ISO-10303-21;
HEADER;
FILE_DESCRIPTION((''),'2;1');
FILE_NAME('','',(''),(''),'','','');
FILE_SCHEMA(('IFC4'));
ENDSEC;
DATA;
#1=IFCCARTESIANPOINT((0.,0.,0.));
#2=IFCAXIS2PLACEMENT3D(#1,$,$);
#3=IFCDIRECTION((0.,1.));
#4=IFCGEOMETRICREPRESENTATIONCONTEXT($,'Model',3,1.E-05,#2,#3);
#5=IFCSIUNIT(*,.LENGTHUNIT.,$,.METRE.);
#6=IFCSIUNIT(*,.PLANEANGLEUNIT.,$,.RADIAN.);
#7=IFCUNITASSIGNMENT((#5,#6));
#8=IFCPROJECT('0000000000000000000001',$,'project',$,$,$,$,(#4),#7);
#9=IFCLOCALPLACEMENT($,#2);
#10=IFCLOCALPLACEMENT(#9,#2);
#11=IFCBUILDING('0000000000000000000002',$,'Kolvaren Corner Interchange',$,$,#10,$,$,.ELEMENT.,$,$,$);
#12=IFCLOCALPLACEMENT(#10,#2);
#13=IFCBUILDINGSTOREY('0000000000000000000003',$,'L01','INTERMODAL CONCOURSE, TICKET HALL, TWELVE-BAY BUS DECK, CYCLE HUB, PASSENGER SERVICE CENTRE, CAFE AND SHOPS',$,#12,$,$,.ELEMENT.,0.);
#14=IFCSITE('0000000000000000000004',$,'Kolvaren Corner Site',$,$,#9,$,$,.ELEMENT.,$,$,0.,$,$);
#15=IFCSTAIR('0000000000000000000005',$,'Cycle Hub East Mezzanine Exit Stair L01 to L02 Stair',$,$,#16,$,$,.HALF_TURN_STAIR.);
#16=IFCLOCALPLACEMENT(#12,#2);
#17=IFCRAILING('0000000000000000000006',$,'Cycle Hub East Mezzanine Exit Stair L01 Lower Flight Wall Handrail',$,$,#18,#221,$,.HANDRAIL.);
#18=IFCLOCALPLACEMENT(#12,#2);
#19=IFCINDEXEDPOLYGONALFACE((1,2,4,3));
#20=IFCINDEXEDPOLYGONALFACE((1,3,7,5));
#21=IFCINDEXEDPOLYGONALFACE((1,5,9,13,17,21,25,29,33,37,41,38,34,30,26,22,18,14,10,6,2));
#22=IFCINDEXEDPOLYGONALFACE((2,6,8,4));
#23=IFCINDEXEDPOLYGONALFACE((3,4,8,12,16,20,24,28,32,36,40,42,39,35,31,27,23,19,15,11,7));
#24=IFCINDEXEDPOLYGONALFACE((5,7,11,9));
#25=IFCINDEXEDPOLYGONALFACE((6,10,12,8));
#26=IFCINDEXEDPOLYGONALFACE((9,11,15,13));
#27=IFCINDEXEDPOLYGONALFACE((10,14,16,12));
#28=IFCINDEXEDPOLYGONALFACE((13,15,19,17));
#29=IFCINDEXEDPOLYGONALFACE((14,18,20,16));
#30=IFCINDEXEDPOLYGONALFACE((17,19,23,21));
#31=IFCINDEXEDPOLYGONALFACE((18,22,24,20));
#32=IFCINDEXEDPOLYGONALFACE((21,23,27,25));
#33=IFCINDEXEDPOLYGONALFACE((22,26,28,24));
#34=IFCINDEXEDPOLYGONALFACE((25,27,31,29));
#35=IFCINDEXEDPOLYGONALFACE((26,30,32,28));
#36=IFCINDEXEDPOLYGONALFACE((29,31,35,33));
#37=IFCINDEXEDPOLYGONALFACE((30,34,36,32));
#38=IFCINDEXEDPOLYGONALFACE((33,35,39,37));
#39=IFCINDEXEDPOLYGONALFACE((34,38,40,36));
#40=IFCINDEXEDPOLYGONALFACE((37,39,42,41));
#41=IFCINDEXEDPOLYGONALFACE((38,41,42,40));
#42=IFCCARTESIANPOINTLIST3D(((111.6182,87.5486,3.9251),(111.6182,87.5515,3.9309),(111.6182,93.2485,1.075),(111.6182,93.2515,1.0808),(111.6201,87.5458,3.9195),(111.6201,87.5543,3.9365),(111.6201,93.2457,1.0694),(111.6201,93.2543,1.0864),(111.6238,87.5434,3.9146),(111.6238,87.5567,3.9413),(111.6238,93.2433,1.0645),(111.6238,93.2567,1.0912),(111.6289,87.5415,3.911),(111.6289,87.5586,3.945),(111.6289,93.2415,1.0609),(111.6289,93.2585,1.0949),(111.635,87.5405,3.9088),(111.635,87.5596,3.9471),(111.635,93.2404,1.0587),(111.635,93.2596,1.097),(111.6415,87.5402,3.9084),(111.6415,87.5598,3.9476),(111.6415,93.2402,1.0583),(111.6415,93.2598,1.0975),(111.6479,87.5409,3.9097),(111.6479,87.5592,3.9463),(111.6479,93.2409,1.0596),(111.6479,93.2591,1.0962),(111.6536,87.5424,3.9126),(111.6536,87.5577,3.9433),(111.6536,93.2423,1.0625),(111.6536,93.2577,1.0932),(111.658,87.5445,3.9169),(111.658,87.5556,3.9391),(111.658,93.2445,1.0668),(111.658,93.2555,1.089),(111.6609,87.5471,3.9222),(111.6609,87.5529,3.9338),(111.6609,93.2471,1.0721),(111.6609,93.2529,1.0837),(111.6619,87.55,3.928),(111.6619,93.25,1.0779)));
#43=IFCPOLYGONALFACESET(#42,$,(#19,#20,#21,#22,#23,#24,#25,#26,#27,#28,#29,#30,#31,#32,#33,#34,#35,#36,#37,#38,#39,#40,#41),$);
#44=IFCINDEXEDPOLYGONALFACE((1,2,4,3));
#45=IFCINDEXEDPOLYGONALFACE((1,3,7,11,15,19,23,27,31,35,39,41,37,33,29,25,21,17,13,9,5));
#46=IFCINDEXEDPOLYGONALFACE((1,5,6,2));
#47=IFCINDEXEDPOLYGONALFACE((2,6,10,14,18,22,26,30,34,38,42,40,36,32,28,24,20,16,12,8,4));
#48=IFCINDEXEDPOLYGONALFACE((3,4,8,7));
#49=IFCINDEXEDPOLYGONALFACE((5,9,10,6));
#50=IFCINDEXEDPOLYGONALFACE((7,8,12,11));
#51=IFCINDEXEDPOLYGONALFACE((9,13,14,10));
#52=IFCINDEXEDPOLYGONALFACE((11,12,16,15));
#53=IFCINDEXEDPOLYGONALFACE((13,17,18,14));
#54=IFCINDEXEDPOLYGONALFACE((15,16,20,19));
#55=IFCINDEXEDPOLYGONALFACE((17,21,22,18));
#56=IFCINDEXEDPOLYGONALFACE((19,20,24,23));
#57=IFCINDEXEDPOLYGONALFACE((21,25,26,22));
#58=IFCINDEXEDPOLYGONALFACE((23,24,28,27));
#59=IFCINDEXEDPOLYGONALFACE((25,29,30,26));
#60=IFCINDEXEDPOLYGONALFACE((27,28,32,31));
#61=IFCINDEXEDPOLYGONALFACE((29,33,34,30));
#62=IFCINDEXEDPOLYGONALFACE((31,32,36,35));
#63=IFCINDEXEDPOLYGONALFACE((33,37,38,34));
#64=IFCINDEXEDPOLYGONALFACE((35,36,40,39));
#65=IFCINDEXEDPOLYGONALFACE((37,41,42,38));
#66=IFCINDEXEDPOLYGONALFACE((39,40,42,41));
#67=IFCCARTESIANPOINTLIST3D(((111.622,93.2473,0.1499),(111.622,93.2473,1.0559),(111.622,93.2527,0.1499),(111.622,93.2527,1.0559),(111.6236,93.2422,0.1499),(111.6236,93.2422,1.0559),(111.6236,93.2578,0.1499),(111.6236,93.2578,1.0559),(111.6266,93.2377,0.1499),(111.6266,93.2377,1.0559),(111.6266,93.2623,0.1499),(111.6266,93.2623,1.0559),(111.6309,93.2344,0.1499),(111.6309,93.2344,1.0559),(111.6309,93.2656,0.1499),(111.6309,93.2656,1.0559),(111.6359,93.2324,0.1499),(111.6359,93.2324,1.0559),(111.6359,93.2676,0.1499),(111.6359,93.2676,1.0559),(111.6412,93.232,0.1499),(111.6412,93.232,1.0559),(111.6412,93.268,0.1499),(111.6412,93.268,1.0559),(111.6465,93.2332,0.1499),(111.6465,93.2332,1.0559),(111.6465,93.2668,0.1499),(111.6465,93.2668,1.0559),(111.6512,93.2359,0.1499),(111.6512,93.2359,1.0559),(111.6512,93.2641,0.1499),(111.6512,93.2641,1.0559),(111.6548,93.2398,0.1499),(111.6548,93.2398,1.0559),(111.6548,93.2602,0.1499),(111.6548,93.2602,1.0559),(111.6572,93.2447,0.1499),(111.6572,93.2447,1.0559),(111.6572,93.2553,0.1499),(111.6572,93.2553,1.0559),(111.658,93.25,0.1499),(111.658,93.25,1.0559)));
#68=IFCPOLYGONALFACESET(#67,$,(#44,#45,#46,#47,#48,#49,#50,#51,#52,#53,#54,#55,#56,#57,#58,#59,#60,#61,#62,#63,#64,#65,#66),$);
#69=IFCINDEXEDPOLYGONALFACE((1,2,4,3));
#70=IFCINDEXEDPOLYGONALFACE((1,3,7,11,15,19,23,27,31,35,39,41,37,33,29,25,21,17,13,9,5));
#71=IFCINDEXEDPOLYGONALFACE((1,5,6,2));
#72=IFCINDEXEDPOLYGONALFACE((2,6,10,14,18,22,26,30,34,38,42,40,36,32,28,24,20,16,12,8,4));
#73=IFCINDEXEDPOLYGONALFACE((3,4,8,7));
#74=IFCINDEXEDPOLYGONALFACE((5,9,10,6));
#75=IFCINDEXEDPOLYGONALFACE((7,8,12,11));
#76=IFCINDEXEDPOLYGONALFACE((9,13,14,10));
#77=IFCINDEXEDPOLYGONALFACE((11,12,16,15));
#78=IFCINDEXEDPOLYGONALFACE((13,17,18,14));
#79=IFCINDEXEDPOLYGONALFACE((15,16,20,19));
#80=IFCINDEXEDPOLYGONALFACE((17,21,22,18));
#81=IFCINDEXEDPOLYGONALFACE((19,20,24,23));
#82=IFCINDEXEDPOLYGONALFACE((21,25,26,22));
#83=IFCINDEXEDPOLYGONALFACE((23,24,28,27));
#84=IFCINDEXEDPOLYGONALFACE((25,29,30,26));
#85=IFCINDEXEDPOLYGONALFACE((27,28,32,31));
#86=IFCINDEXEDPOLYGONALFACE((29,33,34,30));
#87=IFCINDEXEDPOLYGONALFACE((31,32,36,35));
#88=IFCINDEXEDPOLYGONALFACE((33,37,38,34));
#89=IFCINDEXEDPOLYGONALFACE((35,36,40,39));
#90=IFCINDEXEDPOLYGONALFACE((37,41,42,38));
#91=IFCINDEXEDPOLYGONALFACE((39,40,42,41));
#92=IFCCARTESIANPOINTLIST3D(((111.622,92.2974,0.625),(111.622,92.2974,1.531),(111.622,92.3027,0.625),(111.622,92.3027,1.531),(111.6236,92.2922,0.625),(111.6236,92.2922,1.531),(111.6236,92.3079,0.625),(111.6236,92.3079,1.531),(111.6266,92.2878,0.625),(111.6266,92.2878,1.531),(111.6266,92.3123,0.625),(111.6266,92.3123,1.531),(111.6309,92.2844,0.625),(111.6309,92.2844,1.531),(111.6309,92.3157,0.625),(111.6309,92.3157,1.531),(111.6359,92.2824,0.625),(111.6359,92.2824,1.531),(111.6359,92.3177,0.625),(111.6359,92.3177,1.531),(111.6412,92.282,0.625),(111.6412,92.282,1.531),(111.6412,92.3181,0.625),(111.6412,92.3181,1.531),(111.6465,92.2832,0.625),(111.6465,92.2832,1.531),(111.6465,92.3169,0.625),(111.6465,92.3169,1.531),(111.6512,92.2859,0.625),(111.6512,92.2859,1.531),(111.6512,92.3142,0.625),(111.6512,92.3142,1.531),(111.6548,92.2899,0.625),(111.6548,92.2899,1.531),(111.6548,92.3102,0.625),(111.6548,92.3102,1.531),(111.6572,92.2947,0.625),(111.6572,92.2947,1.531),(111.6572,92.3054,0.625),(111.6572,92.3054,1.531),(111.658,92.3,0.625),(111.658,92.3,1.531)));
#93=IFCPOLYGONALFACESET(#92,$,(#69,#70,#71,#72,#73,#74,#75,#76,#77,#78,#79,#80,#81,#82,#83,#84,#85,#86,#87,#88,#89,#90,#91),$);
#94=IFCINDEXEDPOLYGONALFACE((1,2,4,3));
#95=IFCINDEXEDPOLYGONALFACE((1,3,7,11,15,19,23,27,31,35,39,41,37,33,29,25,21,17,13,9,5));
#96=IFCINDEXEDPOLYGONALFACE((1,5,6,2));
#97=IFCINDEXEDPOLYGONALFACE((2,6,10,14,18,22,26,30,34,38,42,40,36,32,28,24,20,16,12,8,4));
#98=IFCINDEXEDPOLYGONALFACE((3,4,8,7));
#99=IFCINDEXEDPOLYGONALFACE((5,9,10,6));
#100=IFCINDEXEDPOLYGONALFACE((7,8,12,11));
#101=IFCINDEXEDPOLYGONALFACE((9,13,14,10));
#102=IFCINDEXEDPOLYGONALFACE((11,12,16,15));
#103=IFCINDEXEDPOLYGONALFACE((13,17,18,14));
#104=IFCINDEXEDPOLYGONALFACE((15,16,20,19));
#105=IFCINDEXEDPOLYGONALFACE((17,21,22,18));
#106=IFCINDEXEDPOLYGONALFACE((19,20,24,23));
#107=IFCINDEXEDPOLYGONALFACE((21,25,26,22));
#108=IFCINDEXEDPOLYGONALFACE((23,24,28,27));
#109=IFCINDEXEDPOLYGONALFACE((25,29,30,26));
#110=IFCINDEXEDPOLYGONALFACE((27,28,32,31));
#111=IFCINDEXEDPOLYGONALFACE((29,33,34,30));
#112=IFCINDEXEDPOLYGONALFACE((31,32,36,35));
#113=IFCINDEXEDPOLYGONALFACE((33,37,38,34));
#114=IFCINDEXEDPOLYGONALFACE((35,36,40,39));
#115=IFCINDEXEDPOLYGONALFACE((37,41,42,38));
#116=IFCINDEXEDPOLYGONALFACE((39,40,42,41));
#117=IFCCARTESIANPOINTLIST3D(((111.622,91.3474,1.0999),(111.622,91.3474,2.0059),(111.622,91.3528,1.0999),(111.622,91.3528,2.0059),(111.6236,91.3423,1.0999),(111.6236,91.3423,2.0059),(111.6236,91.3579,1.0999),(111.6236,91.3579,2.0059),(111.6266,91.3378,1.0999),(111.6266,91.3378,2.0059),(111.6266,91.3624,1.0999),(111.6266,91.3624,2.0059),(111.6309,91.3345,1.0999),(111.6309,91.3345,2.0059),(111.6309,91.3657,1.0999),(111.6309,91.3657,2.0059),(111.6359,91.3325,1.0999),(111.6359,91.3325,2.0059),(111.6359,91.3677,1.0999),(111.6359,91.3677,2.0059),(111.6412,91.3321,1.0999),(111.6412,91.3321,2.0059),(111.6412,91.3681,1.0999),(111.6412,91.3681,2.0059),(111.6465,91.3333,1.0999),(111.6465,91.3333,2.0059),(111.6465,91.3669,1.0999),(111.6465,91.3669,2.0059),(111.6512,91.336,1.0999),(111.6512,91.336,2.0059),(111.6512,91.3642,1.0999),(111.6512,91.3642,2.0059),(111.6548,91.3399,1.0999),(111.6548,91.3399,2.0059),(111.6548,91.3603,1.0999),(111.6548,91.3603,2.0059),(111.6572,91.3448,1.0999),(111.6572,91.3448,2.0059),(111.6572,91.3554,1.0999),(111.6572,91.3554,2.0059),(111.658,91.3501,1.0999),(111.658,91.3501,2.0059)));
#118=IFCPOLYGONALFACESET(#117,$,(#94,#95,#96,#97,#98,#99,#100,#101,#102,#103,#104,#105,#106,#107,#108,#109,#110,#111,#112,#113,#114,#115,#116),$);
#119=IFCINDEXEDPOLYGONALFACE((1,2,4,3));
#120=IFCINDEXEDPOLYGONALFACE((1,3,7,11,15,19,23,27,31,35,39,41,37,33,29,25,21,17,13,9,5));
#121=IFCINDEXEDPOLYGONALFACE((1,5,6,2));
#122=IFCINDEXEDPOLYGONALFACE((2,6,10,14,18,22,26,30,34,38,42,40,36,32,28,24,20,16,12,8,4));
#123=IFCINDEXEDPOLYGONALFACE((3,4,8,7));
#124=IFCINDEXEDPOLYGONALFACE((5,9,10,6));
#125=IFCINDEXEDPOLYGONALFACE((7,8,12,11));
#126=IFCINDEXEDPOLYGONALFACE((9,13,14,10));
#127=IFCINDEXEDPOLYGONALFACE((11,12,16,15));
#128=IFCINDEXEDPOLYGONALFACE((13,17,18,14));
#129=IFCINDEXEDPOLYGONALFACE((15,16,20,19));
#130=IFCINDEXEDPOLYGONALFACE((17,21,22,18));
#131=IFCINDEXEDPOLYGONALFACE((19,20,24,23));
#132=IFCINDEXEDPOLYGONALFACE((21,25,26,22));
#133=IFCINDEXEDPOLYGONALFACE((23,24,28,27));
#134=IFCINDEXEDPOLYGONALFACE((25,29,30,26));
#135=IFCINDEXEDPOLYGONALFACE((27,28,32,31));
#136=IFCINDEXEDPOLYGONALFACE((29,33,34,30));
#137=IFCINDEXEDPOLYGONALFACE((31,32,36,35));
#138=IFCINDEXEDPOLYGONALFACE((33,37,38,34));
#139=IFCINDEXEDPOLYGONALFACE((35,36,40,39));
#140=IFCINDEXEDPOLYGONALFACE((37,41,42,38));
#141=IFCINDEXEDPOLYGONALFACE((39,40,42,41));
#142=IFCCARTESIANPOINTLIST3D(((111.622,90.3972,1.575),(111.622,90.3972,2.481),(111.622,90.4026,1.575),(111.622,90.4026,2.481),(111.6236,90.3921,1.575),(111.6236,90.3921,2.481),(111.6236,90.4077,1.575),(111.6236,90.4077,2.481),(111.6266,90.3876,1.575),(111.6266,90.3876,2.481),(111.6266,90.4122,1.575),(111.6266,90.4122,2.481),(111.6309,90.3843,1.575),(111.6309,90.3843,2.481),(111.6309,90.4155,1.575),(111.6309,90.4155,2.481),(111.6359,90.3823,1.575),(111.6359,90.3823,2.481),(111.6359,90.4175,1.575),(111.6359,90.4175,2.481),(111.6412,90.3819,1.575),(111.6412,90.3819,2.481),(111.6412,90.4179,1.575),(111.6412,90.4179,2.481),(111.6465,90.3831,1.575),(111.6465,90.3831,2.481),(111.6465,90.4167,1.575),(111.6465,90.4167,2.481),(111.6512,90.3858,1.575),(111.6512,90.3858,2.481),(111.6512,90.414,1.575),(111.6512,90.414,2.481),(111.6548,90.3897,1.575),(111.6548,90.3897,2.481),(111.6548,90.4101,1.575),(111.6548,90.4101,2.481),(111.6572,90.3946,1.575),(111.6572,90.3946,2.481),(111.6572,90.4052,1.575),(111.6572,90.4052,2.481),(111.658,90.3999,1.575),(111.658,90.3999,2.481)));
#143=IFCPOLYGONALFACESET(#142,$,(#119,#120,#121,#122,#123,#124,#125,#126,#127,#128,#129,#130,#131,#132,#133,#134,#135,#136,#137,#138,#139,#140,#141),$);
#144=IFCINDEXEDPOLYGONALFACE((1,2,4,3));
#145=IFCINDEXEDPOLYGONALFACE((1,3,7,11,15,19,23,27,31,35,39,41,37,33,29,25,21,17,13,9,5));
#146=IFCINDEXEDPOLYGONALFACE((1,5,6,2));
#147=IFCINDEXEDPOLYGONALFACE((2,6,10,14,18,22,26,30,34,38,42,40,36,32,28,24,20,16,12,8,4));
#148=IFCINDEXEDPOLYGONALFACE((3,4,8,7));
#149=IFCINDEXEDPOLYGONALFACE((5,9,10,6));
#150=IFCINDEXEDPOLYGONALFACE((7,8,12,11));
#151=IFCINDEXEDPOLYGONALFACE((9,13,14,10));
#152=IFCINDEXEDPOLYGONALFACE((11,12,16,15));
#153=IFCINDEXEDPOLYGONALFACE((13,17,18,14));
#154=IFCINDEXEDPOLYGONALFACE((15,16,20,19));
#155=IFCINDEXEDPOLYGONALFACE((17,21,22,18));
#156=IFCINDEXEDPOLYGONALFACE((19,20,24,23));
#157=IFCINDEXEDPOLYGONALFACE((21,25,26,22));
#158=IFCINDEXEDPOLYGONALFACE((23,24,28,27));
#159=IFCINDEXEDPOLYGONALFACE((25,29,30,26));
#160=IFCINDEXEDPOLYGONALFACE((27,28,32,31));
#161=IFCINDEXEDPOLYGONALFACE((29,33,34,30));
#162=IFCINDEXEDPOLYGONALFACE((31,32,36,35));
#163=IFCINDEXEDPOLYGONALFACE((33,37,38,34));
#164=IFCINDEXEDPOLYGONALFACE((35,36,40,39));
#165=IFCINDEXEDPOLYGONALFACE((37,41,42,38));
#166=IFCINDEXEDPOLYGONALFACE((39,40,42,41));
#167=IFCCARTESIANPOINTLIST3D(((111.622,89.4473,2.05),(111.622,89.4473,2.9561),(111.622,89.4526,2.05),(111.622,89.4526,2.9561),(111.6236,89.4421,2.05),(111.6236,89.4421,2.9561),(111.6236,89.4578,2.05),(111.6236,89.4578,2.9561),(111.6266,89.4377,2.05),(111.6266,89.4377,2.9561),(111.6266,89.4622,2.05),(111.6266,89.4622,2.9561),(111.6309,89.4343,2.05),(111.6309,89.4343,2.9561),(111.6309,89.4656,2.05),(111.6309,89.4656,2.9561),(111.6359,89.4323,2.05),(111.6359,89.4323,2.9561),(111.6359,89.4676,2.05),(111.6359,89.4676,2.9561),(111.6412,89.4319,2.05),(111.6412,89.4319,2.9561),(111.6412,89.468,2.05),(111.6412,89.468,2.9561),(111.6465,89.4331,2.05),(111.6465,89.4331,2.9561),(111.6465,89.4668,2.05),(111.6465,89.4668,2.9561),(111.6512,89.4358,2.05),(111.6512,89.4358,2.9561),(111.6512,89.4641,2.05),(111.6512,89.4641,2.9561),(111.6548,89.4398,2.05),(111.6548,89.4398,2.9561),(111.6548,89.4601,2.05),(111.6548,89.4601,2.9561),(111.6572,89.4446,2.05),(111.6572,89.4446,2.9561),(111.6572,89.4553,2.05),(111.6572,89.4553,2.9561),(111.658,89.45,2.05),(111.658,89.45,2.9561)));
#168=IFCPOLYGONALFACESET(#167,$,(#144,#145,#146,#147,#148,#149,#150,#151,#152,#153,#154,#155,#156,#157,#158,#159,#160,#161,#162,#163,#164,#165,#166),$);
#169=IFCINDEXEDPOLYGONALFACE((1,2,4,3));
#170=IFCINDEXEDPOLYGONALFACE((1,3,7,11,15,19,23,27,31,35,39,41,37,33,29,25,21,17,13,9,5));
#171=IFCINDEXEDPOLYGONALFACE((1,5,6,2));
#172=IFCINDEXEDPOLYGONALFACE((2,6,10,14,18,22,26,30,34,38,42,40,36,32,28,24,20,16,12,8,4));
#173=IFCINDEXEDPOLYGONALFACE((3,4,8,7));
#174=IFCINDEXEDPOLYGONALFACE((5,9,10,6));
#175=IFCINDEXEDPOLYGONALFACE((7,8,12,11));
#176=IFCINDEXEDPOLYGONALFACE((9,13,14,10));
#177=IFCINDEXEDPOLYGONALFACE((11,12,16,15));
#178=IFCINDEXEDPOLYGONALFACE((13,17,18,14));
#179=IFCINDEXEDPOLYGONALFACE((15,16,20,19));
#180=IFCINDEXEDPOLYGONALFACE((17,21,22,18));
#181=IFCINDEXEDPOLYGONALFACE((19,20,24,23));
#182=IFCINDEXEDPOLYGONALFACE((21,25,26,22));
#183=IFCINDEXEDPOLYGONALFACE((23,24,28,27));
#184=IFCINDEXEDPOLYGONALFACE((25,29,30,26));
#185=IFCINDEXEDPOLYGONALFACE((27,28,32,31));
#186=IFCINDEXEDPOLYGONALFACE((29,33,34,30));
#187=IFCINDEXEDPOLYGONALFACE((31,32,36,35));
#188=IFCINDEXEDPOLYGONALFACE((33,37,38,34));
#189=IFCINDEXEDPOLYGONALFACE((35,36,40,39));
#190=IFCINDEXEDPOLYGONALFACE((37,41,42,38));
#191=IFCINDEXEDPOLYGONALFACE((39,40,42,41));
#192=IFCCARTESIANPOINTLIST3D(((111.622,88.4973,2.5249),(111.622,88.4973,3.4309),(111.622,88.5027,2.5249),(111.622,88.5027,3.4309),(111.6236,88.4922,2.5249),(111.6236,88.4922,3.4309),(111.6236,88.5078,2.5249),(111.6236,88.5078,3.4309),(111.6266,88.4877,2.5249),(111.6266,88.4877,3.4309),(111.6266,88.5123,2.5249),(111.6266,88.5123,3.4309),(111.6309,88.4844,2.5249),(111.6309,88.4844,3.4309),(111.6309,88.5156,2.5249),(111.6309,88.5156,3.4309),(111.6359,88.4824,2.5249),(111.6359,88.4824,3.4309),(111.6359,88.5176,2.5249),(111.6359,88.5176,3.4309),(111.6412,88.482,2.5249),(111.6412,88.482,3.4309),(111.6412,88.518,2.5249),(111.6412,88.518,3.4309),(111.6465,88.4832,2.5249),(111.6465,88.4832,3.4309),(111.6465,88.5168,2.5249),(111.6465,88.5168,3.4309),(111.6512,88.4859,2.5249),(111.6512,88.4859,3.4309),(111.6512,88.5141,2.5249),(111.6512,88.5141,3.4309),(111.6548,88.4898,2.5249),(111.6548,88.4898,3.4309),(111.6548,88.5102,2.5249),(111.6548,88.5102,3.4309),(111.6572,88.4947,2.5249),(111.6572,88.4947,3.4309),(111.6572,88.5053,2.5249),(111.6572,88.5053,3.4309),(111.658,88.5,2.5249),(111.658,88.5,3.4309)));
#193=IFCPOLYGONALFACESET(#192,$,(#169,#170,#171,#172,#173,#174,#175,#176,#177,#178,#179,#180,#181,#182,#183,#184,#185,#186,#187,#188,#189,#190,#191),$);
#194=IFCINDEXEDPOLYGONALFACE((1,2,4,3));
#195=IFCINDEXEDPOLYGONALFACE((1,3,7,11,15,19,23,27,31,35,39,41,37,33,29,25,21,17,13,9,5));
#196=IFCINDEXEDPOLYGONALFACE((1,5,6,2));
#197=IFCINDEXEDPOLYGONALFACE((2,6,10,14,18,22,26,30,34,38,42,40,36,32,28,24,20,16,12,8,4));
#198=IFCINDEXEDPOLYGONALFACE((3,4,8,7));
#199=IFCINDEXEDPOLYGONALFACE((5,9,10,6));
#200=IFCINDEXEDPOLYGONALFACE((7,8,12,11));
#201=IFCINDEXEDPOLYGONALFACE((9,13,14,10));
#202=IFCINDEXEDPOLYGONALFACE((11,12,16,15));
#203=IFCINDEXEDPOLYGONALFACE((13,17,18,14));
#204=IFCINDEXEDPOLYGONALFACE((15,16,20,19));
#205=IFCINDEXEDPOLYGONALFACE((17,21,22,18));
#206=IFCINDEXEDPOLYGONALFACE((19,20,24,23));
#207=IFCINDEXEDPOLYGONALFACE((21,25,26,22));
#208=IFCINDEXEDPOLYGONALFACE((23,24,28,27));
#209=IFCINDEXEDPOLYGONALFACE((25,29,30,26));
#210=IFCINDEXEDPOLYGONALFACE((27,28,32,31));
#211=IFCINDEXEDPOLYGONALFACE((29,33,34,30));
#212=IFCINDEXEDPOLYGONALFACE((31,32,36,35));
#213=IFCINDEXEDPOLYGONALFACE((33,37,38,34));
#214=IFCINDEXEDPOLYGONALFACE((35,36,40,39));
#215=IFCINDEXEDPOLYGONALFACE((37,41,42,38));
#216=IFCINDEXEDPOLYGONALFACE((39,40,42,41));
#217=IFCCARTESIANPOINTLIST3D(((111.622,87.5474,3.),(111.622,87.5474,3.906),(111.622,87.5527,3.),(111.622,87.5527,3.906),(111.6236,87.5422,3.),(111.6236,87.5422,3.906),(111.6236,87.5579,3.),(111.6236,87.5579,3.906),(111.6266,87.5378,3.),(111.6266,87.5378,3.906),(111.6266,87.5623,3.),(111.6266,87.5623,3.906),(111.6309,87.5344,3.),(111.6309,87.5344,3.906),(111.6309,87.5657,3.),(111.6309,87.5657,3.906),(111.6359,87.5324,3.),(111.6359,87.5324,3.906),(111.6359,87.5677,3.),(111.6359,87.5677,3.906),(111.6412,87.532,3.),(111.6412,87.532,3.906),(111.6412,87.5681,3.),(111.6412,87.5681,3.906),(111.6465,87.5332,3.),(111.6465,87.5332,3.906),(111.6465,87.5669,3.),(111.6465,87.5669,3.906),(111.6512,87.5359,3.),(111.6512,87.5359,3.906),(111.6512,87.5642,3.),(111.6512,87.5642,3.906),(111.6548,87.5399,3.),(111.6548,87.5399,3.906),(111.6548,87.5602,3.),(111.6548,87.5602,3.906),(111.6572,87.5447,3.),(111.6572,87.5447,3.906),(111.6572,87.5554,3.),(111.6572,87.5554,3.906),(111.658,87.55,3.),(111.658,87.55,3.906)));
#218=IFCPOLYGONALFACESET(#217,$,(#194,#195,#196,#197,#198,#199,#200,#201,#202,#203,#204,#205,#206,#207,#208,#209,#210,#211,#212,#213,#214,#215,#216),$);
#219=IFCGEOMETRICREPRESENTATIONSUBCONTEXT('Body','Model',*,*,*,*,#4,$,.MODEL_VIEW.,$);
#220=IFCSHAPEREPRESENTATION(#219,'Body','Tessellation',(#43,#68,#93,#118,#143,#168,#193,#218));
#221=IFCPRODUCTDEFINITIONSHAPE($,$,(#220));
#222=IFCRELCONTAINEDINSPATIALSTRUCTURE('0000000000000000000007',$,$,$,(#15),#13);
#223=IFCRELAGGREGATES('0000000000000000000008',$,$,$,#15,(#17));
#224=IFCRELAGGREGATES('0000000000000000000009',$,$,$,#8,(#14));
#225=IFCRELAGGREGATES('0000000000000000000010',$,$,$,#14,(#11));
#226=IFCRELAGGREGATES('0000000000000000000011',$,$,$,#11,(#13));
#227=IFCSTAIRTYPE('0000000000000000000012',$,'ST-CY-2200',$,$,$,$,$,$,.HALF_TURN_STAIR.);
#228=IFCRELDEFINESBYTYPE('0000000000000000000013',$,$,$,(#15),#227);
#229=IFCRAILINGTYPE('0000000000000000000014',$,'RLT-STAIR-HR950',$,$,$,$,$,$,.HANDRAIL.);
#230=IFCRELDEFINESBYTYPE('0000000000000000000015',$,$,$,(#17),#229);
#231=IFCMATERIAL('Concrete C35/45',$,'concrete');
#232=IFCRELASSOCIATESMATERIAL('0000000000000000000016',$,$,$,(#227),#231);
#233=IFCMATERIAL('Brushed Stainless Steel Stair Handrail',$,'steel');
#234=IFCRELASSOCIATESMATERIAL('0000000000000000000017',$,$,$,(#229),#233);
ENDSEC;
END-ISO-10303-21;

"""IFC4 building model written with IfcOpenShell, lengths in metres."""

from ifc_helpers import new_model, si_unit, direction, frame, origin, origin_2d, place, context, subcontext, project, spatial, circle, extrude, material, type_object, element, aggregate, save


model = new_model("IFC4")

# Units and contexts
model_context = context("Model", 3, precision=1e-05, world=origin(), true_north=direction((0.0, 1.0)))
body_context = subcontext(model_context, "Body", "Model", "MODEL_VIEW")
ifc_project = project(units=[si_unit("LENGTHUNIT", "METRE"), si_unit("PLANEANGLEUNIT", "RADIAN")], contexts=[model_context])

# Site, building, storey
site_placement = place(None, origin())
site = spatial("IfcSite", under=ifc_project, at=site_placement, Name="Kolvaren Corner Site", CompositionType="ELEMENT", RefElevation=0.0)
building_placement = place(site_placement, origin())
building = spatial("IfcBuilding", under=site, at=building_placement, Name="Kolvaren Corner Interchange", CompositionType="ELEMENT")
storey_placement = place(building_placement, origin())
storey = spatial("IfcBuildingStorey", under=building, at=storey_placement, Name="L01", Description="INTERMODAL CONCOURSE, TICKET HALL, TWELVE-BAY BUS DECK, CYCLE HUB, PASSENGER SERVICE CENTRE, CAFE AND SHOPS", CompositionType="ELEMENT", Elevation=0.0)

# Stair, railing
ifc_material_1 = material(Name="Concrete C35/45", Category="concrete")
stair_type = type_object("IfcStairType", Name="ST-CY-2200", PredefinedType="HALF_TURN_STAIR", material=ifc_material_1)
stair_placement = place(storey_placement, origin())
stair = element("IfcStair", 1, at=stair_placement, inside=storey, type_object=stair_type, Name="Cycle Hub East Mezzanine Exit Stair L01 to L02 Stair", PredefinedType="HALF_TURN_STAIR")
ifc_material_2 = material(Name="Brushed Stainless Steel Stair Handrail", Category="steel")
railing_type_1 = type_object("IfcRailingType", Name="RLT-STAIR-HR950", PredefinedType="HANDRAIL", material=ifc_material_2)
railing_1_placement = place(storey_placement, frame((111.6399, 93.25, 0.1499)))
railing_1 = element("IfcRailing", 2, at=railing_1_placement, type_object=railing_type_1, Name="Cycle Hub East Mezzanine Exit Stair L01 Lower Flight Wall Handrail", PredefinedType="HANDRAIL", context=body_context, shape_type="SweptSolid", body=[
    extrude(circle(Radius=0.022, at=origin_2d()), frame((0.0, 0.0, 0.928), z_axis=(0.0, -0.89442, 0.447229), x_axis=(1.0, 0.0, 0.0)), (0.0, 0.0, 1.0), 6.3728),
    extrude(circle(Radius=0.0181, at=origin_2d()), origin(), (0.0, 0.0, 1.0), 0.906),
    extrude(circle(Radius=0.0181, at=origin_2d()), frame((0.0, -0.95, 0.4751)), (0.0, 0.0, 1.0), 0.906),
    extrude(circle(Radius=0.0181, at=origin_2d()), frame((0.0, -1.8999, 0.95)), (0.0, 0.0, 1.0), 0.906),
    extrude(circle(Radius=0.0181, at=origin_2d()), frame((0.0, -2.8501, 1.425)), (0.0, 0.0, 1.0), 0.906),
    extrude(circle(Radius=0.0181, at=origin_2d()), frame((0.0, -3.8, 1.9001)), (0.0, 0.0, 1.0), 0.906),
    extrude(circle(Radius=0.0181, at=origin_2d()), frame((0.0, -4.75, 2.375)), (0.0, 0.0, 1.0), 0.906),
    extrude(circle(Radius=0.0181, at=origin_2d()), frame((0.0, -5.7, 2.8501)), (0.0, 0.0, 1.0), 0.906),
])
aggregate(stair, [railing_1])

save(model, "model.ifc")
